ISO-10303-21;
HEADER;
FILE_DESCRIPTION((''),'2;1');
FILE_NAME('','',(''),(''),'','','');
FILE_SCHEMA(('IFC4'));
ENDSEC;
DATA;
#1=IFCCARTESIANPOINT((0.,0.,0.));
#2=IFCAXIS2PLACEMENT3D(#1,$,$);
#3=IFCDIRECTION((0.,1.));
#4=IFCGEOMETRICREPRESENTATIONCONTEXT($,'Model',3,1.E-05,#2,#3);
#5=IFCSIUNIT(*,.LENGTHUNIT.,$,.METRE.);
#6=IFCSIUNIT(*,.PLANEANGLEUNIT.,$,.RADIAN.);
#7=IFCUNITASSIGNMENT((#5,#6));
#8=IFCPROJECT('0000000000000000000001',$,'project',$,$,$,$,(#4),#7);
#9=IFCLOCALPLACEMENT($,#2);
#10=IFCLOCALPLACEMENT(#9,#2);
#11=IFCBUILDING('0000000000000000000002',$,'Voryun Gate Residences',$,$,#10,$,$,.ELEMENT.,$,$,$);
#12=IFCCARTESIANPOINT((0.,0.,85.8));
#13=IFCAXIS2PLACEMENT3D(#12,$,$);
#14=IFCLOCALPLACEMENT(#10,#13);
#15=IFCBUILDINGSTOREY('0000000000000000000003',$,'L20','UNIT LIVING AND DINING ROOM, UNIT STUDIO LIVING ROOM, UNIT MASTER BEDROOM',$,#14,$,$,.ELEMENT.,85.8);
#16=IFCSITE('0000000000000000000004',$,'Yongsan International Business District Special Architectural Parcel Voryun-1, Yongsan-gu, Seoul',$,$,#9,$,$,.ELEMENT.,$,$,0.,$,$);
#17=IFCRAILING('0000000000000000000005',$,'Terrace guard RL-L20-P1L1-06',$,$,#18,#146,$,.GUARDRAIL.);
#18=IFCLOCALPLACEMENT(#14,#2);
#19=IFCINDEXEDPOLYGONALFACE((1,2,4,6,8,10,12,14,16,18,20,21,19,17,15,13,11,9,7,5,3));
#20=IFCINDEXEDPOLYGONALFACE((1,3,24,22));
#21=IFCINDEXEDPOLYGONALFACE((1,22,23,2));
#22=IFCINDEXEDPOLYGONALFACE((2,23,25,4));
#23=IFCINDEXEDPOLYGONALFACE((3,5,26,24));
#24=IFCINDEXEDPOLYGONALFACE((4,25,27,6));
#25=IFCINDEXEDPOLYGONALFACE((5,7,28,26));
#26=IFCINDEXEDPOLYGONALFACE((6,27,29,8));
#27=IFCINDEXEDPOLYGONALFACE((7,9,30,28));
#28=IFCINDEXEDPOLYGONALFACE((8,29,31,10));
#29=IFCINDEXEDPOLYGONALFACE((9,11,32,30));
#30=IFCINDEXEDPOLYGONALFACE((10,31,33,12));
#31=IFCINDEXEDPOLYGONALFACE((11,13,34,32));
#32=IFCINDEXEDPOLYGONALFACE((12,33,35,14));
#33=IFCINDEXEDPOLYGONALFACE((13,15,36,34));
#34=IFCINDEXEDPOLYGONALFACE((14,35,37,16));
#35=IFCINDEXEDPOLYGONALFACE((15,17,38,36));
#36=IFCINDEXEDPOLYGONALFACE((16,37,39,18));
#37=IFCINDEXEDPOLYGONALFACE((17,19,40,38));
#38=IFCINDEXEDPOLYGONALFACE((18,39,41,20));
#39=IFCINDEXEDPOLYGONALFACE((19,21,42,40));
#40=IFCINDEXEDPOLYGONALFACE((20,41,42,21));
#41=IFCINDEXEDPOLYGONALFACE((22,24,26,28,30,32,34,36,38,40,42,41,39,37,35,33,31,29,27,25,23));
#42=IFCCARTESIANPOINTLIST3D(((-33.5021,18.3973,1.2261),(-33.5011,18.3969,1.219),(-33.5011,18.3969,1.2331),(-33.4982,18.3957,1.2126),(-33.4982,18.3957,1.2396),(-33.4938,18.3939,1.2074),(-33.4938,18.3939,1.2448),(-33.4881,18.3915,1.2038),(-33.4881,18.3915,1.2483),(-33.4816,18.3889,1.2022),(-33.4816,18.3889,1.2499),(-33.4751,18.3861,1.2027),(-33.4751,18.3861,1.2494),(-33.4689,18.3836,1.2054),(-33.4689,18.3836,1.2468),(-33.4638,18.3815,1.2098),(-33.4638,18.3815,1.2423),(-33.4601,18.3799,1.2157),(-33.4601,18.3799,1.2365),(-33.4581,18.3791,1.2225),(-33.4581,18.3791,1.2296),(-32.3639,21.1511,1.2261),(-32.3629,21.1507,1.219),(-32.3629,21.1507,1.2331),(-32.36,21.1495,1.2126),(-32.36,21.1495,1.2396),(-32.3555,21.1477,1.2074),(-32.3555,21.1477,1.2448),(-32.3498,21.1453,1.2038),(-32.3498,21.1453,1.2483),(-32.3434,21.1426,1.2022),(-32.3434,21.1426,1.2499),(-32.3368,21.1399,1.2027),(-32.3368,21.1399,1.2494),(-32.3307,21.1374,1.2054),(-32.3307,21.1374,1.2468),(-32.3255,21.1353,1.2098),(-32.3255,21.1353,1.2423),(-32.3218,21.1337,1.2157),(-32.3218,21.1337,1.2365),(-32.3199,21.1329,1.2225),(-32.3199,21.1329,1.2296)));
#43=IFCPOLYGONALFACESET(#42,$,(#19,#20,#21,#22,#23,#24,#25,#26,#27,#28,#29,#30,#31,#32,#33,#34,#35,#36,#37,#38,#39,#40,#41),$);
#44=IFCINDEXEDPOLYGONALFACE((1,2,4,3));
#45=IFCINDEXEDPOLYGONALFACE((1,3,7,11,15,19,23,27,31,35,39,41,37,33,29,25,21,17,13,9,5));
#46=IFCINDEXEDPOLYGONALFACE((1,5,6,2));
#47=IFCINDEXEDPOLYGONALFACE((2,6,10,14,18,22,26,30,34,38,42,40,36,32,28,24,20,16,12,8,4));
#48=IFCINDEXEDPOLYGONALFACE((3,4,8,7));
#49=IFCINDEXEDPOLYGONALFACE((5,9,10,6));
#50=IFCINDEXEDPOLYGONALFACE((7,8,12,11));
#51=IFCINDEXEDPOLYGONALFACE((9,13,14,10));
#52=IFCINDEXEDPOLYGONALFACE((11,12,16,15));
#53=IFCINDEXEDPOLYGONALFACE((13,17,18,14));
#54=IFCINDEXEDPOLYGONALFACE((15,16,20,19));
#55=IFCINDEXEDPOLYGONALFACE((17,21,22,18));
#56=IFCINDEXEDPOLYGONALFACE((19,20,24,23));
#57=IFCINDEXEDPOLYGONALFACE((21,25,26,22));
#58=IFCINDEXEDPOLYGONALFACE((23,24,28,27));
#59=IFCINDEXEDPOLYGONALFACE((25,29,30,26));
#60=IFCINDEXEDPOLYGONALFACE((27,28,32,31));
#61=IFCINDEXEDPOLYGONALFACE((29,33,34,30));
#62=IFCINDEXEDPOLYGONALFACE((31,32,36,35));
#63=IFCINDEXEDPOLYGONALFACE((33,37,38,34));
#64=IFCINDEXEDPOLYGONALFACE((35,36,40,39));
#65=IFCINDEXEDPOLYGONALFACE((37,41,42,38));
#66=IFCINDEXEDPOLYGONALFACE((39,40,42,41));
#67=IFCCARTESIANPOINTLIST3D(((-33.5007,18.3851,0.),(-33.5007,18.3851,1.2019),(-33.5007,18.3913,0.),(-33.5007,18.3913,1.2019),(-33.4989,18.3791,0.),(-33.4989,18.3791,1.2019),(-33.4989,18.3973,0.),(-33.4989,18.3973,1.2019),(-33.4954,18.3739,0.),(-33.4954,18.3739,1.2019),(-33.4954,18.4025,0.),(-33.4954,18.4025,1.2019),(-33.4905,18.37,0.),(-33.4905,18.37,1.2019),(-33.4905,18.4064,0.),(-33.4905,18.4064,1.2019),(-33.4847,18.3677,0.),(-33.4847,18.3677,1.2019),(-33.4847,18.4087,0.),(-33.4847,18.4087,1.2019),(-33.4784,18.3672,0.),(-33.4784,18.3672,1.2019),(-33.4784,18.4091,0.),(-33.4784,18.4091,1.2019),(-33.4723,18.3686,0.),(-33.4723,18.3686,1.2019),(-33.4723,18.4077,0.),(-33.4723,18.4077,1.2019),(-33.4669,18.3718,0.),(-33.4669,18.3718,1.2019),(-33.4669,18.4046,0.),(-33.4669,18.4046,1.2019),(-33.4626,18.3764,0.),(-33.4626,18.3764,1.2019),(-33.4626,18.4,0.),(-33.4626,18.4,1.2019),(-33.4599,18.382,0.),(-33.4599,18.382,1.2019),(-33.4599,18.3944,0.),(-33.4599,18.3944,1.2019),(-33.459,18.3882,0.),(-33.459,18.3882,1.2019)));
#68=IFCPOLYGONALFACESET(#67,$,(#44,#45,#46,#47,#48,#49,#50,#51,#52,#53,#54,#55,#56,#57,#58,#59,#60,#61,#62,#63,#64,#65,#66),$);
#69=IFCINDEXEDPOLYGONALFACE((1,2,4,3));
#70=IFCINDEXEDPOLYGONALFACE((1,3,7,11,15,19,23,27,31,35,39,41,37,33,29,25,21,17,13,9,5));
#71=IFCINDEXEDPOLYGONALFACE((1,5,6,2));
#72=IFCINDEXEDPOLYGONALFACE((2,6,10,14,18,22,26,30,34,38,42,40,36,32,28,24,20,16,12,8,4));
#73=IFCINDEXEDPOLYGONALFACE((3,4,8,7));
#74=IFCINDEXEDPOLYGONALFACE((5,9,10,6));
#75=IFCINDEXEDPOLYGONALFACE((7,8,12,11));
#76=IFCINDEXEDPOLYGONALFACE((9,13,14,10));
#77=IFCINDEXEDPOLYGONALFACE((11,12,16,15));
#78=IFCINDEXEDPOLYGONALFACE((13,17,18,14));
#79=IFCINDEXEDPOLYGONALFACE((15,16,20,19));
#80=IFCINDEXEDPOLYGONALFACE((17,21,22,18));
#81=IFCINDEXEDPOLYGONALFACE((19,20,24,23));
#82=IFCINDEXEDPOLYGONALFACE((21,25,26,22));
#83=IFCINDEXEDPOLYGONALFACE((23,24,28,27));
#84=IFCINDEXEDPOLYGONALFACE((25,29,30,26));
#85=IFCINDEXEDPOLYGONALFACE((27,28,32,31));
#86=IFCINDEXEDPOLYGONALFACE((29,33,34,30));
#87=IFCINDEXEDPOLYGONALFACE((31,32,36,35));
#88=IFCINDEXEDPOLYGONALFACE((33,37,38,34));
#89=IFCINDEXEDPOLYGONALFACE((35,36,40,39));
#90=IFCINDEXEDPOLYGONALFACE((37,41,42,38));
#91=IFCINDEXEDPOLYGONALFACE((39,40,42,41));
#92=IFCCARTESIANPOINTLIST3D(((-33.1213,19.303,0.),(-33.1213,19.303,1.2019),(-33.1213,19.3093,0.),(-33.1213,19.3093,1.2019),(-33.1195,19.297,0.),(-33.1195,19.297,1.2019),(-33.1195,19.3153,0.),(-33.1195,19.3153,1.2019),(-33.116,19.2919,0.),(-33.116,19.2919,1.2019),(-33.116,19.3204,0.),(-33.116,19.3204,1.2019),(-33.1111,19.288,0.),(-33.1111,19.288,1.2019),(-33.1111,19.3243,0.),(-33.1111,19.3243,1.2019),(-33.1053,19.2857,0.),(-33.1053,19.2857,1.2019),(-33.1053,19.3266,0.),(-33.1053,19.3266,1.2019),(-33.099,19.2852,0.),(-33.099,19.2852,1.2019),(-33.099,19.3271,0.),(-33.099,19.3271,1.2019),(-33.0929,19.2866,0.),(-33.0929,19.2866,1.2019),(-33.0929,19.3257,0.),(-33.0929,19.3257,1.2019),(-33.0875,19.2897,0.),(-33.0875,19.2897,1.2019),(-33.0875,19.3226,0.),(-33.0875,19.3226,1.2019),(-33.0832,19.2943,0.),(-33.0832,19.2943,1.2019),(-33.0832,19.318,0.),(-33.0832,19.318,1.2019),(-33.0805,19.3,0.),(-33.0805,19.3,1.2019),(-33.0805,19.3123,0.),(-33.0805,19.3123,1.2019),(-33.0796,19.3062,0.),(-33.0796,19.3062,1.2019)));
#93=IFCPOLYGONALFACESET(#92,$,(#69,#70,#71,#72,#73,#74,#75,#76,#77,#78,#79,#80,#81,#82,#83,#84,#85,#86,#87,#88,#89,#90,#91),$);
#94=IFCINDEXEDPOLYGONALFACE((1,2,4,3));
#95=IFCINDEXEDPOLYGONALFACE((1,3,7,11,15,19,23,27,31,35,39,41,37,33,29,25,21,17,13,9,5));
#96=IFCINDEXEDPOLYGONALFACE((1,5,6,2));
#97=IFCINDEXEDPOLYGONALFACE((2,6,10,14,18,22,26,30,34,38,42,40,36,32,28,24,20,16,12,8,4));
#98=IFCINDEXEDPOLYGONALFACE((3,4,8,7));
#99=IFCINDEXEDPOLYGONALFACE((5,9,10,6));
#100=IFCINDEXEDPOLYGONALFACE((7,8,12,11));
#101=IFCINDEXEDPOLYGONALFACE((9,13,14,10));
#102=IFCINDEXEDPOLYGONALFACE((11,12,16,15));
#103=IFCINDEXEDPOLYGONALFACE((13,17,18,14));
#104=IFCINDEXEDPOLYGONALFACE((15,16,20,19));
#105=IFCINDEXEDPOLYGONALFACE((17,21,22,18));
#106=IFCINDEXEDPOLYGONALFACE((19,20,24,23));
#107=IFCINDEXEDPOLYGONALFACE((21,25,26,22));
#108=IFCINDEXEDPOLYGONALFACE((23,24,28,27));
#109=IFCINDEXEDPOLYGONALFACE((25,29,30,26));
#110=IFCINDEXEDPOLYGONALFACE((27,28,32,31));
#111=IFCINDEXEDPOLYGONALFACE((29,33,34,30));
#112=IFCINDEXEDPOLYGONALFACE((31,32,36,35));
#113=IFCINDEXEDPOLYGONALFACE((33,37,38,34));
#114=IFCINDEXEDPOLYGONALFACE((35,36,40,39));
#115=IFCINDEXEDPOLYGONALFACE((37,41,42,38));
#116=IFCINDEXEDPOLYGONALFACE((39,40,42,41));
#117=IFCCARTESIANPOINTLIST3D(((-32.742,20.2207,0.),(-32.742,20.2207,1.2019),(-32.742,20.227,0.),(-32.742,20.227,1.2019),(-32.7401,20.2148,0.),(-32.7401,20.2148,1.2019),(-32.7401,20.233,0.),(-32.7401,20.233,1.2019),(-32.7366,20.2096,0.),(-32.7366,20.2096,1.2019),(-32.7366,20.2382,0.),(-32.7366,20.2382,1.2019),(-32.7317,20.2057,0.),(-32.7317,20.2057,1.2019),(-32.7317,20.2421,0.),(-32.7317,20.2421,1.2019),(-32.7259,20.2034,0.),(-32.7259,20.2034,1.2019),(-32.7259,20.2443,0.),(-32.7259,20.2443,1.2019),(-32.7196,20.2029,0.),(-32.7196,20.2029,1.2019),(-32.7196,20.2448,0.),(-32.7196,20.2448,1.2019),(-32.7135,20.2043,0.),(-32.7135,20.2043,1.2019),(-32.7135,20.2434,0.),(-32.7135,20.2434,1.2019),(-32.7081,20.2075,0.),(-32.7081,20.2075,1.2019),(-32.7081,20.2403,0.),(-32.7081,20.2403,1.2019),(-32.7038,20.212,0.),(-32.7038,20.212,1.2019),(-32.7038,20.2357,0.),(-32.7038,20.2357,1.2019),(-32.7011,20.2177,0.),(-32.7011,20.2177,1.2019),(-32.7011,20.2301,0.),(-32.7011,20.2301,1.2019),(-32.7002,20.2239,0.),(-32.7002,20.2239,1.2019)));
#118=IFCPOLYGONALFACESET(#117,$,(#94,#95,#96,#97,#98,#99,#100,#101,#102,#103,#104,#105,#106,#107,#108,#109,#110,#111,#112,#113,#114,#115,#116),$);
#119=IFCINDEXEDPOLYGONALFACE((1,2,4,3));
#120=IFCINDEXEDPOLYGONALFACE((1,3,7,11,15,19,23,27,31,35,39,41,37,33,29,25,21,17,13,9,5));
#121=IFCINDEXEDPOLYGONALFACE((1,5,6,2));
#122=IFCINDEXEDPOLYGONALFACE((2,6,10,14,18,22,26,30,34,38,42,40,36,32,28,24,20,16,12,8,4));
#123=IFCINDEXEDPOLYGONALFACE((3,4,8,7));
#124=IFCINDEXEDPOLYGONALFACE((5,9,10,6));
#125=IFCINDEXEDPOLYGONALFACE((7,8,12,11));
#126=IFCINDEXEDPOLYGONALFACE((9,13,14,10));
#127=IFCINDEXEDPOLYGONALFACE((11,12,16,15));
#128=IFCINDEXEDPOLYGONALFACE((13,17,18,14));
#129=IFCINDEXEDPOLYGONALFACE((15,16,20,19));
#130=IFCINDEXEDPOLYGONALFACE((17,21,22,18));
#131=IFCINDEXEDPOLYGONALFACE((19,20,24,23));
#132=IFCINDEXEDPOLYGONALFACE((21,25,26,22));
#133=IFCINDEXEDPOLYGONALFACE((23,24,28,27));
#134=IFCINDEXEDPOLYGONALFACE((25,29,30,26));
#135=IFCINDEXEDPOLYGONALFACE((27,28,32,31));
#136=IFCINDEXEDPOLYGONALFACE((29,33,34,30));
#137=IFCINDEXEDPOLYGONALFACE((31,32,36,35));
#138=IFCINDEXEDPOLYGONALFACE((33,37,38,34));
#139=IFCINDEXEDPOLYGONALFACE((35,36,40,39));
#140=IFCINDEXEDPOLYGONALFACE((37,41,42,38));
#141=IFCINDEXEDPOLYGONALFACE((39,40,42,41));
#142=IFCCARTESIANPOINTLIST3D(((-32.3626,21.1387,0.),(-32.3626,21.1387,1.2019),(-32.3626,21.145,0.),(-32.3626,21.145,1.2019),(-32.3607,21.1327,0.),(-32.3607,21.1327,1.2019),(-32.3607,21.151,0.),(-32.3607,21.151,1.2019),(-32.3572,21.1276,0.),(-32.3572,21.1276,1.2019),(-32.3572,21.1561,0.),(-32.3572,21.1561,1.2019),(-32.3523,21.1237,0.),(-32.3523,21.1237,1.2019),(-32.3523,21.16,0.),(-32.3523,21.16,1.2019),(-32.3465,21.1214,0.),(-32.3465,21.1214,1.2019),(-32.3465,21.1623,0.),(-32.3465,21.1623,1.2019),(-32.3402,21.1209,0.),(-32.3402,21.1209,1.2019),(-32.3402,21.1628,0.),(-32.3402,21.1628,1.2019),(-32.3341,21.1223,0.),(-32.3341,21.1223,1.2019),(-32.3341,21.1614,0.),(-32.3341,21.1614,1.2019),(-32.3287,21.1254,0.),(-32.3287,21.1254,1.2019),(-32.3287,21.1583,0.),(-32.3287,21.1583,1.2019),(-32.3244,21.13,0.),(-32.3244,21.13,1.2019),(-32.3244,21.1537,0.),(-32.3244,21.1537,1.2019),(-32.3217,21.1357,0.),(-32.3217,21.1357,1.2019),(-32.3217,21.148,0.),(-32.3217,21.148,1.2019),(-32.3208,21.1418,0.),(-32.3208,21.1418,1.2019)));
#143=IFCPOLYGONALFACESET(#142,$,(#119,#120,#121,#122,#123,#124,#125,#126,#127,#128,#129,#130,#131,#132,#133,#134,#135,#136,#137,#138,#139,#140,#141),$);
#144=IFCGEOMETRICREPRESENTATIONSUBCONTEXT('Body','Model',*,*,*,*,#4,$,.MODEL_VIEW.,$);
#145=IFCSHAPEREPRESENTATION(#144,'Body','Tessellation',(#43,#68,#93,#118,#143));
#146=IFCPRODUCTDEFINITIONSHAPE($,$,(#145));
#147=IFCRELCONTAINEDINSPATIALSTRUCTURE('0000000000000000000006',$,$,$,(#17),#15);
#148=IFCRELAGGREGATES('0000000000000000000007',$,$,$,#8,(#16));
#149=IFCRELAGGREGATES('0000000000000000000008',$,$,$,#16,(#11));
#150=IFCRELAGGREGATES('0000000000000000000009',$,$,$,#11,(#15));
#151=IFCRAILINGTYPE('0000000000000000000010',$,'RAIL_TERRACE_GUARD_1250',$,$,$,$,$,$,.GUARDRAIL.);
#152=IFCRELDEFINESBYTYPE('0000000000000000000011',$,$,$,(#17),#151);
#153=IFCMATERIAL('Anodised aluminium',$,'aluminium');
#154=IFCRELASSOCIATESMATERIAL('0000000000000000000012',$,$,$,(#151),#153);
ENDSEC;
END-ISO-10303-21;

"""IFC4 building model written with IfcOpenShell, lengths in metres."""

from ifc_helpers import new_model, si_unit, direction, frame, origin, origin_2d, place, context, subcontext, project, spatial, circle, extrude, material, type_object, element, save


model = new_model("IFC4")

# Units and contexts
model_context = context("Model", 3, precision=1e-05, world=origin(), true_north=direction((0.0, 1.0)))
body_context = subcontext(model_context, "Body", "Model", "MODEL_VIEW")
ifc_project = project(units=[si_unit("LENGTHUNIT", "METRE"), si_unit("PLANEANGLEUNIT", "RADIAN")], contexts=[model_context])

# Site, building, storey
site_placement = place(None, origin())
site = spatial("IfcSite", under=ifc_project, at=site_placement, Name="Yongsan International Business District Special Architectural Parcel Voryun-1, Yongsan-gu, Seoul", CompositionType="ELEMENT", RefElevation=0.0)
building_placement = place(site_placement, origin())
building = spatial("IfcBuilding", under=site, at=building_placement, Name="Voryun Gate Residences", CompositionType="ELEMENT")
storey_placement = place(building_placement, frame((0.0, 0.0, 85.8)))
storey = spatial("IfcBuildingStorey", under=building, at=storey_placement, Name="L20", Description="UNIT LIVING AND DINING ROOM, UNIT STUDIO LIVING ROOM, UNIT MASTER BEDROOM", CompositionType="ELEMENT", Elevation=85.8)

# Railing
ifc_material_1 = material(Name="Anodised aluminium", Category="aluminium")
railing_type = type_object("IfcRailingType", Name="RAIL_TERRACE_GUARD_1250", PredefinedType="GUARDRAIL", material=ifc_material_1)
railing_1_placement = place(storey_placement, frame((-33.48, 18.3882, 0.0)))
element("IfcRailing", 1, at=railing_1_placement, inside=storey, type_object=railing_type, Name="Terrace guard RL-L20-P1L1-06", PredefinedType="GUARDRAIL", context=body_context, shape_type="SweptSolid", body=[
    extrude(circle(Radius=0.0239, at=origin_2d()), frame((0.0, 0.0, 1.2261), z_axis=(0.38199, 0.924166, 0.0), x_axis=(-0.924166, 0.38199, 0.0)), (0.0, 0.0, 1.0), 2.9797),
    extrude(circle(Radius=0.021, at=origin_2d()), origin(), (0.0, 0.0, 1.0), 1.2019),
    extrude(circle(Radius=0.021, at=origin_2d()), frame((0.3794, 0.918, 0.0)), (0.0, 0.0, 1.0), 1.2019),
    extrude(circle(Radius=0.021, at=origin_2d()), frame((0.7588, 1.8357, 0.0)), (0.0, 0.0, 1.0), 1.2019),
    extrude(circle(Radius=0.021, at=origin_2d()), frame((1.1382, 2.7537, 0.0)), (0.0, 0.0, 1.0), 1.2019),
])

save(model, "model.ifc")
